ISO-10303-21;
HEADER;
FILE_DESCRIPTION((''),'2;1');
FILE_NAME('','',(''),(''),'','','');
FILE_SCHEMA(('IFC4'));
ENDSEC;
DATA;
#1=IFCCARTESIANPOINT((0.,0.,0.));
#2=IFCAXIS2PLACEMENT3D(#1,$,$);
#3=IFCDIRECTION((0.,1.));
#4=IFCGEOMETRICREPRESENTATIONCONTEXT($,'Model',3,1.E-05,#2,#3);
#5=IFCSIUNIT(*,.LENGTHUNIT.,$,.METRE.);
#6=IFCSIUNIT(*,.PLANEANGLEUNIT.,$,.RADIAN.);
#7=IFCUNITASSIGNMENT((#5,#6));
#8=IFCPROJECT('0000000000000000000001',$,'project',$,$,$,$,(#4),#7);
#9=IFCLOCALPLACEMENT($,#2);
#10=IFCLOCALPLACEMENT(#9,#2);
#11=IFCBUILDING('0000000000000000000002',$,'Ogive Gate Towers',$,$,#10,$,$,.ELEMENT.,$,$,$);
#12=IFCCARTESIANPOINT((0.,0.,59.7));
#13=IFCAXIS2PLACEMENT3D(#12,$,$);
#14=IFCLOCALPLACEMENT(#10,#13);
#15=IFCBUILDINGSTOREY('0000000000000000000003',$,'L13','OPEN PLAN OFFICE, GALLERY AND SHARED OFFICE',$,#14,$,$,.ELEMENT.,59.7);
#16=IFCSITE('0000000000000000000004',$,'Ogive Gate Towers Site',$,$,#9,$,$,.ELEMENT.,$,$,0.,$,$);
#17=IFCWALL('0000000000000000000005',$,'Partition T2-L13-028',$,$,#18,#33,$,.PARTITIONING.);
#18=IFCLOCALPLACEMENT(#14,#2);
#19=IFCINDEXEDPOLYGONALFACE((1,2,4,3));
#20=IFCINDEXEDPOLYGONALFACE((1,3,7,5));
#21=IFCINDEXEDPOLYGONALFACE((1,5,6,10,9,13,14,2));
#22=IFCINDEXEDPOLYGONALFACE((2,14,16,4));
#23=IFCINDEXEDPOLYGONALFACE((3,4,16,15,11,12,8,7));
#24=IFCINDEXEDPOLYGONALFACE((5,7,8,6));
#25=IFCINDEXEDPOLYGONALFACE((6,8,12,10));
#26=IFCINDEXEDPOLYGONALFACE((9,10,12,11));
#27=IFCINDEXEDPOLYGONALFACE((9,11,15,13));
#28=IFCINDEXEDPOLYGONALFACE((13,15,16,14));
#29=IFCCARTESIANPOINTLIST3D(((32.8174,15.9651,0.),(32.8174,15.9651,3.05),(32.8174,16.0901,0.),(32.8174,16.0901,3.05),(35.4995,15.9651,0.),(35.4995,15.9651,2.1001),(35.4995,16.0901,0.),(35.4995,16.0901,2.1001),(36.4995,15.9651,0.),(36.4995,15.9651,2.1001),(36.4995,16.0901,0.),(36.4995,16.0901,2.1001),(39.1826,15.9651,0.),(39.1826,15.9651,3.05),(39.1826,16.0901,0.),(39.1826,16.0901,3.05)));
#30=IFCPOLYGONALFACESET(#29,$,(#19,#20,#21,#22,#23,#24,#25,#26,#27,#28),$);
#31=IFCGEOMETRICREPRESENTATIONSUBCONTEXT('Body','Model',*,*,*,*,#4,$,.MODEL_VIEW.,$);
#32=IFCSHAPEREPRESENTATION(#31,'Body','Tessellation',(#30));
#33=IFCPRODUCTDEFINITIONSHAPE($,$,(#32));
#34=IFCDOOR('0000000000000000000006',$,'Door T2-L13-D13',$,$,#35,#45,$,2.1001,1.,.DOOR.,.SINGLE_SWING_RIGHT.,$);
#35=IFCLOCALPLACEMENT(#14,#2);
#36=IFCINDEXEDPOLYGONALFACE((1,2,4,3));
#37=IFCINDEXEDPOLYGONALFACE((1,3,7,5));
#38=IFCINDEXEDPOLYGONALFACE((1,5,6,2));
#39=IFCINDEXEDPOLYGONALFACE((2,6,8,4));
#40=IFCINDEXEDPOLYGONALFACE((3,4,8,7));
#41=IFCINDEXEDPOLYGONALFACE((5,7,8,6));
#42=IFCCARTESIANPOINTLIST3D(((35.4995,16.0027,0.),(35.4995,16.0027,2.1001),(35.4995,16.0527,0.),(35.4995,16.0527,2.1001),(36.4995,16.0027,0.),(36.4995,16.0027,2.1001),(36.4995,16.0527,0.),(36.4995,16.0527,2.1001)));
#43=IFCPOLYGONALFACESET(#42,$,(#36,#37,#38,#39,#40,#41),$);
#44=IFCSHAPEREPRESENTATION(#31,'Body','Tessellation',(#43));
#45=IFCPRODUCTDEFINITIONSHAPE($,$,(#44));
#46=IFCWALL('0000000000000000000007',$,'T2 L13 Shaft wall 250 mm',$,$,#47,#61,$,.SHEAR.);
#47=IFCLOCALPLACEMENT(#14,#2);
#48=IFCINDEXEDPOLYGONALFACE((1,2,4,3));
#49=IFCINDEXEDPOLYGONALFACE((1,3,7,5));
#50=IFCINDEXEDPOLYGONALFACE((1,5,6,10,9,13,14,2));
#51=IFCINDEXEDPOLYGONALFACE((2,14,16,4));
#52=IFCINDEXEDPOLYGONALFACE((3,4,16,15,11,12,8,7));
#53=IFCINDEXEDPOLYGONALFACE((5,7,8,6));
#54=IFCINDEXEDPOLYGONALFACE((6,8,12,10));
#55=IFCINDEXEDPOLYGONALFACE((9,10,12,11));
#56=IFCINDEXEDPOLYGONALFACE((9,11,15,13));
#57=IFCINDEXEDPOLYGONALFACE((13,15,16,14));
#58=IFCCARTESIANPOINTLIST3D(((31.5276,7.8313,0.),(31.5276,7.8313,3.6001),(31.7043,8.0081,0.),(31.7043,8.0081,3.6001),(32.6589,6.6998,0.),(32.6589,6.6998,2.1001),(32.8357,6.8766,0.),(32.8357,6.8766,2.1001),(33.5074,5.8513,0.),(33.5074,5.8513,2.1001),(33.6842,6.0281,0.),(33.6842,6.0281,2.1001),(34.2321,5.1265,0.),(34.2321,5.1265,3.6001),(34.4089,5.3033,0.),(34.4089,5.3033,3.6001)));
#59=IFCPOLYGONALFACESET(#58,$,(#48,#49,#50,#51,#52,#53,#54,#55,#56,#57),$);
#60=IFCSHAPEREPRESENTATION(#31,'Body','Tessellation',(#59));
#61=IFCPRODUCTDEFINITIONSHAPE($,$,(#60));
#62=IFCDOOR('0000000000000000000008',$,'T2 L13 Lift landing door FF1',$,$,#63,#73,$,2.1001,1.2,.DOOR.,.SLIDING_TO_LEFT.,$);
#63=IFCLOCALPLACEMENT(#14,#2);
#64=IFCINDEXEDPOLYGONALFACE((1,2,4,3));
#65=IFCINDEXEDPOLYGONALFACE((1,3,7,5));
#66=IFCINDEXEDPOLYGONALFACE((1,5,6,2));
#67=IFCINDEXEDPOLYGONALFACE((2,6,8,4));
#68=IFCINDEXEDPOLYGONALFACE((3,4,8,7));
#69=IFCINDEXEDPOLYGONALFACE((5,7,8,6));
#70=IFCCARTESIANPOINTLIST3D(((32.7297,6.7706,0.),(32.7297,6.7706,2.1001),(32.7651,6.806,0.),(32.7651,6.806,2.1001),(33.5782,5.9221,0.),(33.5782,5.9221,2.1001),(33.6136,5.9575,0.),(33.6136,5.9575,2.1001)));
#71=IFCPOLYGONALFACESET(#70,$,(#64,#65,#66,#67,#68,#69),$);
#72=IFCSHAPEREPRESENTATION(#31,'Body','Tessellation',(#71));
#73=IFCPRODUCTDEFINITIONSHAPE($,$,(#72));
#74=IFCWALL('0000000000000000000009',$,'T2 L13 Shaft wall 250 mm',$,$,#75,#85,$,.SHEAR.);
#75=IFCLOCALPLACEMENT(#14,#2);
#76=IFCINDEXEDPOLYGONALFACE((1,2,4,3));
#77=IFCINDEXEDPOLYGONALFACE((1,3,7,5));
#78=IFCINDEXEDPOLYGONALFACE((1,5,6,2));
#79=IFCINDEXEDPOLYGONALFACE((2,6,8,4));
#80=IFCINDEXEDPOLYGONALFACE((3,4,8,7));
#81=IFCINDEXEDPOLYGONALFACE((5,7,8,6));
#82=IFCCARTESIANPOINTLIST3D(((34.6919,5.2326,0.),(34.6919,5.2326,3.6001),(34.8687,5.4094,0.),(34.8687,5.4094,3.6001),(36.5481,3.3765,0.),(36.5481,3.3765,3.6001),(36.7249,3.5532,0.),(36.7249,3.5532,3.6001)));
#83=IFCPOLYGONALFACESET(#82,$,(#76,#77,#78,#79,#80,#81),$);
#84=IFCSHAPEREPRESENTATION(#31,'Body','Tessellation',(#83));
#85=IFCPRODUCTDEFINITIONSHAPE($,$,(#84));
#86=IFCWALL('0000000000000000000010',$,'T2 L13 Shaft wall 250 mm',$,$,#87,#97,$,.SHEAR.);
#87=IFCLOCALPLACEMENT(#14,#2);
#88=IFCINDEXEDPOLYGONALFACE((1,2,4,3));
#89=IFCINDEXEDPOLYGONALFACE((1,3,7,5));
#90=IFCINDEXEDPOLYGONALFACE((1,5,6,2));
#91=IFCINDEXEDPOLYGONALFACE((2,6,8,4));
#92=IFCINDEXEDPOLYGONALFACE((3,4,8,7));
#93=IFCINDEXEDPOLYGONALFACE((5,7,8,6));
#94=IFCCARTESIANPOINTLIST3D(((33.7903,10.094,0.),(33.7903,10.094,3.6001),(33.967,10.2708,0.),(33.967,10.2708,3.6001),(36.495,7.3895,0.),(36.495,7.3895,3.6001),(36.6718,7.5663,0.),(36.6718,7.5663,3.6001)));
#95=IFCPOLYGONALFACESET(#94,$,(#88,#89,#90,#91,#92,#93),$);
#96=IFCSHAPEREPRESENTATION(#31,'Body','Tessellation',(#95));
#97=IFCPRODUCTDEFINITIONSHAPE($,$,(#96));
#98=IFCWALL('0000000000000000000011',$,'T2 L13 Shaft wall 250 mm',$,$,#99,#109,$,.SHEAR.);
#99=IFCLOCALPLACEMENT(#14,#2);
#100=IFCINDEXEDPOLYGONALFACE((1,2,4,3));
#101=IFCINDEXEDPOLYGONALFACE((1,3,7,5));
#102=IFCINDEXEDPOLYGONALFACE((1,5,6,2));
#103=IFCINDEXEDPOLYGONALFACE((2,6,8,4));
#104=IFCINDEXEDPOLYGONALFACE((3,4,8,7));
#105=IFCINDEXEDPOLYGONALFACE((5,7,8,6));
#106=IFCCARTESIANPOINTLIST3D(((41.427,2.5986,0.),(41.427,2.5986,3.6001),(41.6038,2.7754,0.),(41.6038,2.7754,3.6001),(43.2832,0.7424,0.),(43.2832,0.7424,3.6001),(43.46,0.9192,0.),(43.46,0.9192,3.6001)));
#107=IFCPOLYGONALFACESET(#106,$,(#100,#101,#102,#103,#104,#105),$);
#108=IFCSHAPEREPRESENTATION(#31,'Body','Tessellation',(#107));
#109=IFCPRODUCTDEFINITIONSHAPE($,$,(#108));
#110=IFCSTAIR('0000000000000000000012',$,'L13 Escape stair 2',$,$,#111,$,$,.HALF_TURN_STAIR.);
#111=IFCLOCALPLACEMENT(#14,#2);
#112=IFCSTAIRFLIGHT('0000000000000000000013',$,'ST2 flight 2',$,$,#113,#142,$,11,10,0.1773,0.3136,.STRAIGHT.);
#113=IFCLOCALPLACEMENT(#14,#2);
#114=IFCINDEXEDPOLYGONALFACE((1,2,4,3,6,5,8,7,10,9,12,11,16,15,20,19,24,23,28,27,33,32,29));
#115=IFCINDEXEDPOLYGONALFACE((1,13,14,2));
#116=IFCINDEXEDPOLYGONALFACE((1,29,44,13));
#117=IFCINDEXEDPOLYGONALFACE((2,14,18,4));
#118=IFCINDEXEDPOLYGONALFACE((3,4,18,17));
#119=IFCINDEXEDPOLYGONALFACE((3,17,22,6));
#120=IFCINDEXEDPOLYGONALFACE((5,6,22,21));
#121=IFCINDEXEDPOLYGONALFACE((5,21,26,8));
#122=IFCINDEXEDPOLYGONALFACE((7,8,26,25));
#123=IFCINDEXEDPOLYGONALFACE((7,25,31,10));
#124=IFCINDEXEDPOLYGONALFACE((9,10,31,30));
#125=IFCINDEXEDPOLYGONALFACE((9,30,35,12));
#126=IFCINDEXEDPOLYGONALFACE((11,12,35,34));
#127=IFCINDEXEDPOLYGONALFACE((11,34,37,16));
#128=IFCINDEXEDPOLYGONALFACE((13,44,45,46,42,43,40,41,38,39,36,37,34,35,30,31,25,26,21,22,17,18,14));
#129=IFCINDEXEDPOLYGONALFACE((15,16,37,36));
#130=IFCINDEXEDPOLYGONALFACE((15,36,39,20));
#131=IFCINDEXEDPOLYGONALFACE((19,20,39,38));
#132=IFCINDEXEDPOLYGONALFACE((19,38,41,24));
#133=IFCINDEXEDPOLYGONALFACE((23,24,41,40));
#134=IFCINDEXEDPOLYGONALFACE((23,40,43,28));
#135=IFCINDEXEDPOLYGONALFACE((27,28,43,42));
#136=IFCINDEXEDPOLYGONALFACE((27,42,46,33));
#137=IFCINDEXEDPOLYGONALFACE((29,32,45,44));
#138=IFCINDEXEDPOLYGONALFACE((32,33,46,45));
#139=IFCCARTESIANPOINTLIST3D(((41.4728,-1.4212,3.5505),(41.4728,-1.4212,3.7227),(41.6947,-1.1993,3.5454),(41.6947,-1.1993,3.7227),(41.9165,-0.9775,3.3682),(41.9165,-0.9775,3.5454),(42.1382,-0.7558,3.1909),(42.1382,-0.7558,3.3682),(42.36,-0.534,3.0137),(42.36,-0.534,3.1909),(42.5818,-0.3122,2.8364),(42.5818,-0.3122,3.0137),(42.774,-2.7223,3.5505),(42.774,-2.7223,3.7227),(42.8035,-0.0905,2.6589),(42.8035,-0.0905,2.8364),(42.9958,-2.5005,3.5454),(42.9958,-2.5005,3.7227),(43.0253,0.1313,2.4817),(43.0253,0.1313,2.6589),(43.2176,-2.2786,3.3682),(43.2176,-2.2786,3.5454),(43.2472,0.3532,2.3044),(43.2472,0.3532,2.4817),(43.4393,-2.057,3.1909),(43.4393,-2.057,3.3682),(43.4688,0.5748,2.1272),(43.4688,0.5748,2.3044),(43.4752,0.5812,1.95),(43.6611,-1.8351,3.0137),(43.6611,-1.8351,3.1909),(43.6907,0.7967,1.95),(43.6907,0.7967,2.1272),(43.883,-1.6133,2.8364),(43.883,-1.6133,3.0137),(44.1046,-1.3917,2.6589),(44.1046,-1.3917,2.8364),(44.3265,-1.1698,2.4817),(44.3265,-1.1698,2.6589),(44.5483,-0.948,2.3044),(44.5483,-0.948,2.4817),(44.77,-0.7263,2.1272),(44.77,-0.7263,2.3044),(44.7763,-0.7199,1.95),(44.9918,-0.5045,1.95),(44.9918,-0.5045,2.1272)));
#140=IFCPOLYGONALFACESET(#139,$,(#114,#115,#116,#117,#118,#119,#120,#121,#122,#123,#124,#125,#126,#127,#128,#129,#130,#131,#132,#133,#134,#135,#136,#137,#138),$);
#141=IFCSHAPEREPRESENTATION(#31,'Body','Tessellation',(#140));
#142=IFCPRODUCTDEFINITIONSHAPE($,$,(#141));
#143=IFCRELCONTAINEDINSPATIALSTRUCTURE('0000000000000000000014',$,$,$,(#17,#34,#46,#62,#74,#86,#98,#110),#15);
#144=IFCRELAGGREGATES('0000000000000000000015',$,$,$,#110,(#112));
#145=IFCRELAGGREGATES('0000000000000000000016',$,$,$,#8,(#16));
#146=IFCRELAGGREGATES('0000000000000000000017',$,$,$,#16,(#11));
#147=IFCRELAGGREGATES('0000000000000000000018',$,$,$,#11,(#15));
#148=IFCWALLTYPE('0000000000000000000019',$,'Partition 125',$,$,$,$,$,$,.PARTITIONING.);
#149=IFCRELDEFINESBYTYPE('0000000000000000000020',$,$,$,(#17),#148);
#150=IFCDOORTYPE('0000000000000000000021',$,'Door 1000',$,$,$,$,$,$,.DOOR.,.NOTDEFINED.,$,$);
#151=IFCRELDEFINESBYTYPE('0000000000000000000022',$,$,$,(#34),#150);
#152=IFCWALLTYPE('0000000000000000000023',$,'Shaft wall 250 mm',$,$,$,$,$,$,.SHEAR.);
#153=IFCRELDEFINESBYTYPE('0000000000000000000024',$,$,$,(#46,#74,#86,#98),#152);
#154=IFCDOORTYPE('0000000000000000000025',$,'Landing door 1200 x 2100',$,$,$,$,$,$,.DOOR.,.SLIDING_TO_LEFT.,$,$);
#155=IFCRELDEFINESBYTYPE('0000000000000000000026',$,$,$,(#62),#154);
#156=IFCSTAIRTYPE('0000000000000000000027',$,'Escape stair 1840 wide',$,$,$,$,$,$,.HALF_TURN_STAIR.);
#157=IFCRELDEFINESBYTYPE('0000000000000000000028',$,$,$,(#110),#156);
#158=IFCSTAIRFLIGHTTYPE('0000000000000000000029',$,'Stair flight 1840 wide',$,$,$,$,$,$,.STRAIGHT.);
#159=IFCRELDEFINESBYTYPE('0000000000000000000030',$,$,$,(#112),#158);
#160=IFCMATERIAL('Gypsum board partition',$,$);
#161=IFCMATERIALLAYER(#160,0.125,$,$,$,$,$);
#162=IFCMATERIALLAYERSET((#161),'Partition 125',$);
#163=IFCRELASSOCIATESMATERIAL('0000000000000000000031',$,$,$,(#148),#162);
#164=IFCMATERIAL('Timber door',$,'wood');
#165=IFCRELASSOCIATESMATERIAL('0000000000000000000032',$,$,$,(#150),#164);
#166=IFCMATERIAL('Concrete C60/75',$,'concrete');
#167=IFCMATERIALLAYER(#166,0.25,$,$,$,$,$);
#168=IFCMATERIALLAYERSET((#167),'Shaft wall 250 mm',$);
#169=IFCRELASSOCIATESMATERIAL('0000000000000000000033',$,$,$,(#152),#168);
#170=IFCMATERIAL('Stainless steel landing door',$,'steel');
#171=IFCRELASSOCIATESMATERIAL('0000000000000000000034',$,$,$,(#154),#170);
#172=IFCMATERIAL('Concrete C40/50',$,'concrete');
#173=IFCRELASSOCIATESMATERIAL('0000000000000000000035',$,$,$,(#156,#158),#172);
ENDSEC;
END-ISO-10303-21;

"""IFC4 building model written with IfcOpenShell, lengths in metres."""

from ifc_helpers import new_model, si_unit, direction, frame, frame_2d, origin, place, context, subcontext, project, spatial, polyline, rectangle, outline, extrude, material, layer, layer_set, type_object, element, fill, aggregate, save


model = new_model("IFC4")

# Units and contexts
model_context = context("Model", 3, precision=1e-05, world=origin(), true_north=direction((0.0, 1.0)))
body_context = subcontext(model_context, "Body", "Model", "MODEL_VIEW")
ifc_project = project(units=[si_unit("LENGTHUNIT", "METRE"), si_unit("PLANEANGLEUNIT", "RADIAN")], contexts=[model_context])

# Site, building, storey
site_placement = place(None, origin())
site = spatial("IfcSite", under=ifc_project, at=site_placement, Name="Ogive Gate Towers Site", CompositionType="ELEMENT", RefElevation=0.0)
building_placement = place(site_placement, origin())
building = spatial("IfcBuilding", under=site, at=building_placement, Name="Ogive Gate Towers", CompositionType="ELEMENT")
storey_placement = place(building_placement, frame((0.0, 0.0, 59.7)))
storey = spatial("IfcBuildingStorey", under=building, at=storey_placement, Name="L13", Description="OPEN PLAN OFFICE, GALLERY AND SHARED OFFICE", CompositionType="ELEMENT", Elevation=59.7)

# Shared definitions
ifc_material_1 = material(Name="Concrete C40/50", Category="concrete")

# Shared definitions
ifc_material_2 = material(Name="Concrete C60/75", Category="concrete")

# Shared definitions
ifc_material_3 = material(Name="Gypsum board partition")
ifc_layer_1 = layer(ifc_material_3, 0.125)
ifc_layer_set_1 = layer_set([ifc_layer_1], Name="Partition 125")
wall_type_1 = type_object("IfcWallType", Name="Partition 125", PredefinedType="PARTITIONING", material=ifc_layer_set_1)

# Walls, openings, doors
ifc_material_4 = material(Name="Timber door", Category="wood")
door_type_1 = type_object("IfcDoorType", Name="Door 1000", OperationType="NOTDEFINED", PredefinedType="DOOR", material=ifc_material_4)
wall_1_placement = place(storey_placement, frame((39.1826, 16.0276, 0.0), z_axis=(0.0, 0.0, 1.0), x_axis=(-1.0, 0.0, 0.0)))
wall_1 = element("IfcWall", 1, at=wall_1_placement, inside=storey, type_object=wall_type_1, Name="Partition T2-L13-028", PredefinedType="PARTITIONING", context=body_context, shape_type="SweptSolid", body=[
    extrude(rectangle(XDim=6.3652, YDim=0.125, at=frame_2d((3.1826, 0.0))), origin(), (0.0, 0.0, 1.0), 3.05),
])
opening_1_placement = place(wall_1_placement, frame((2.6831, 0.0, 0.0)))
opening_1 = element("IfcOpeningElement", 2, at=opening_1_placement, cuts=wall_1, PredefinedType="OPENING", context=body_context, shape_type="SweptSolid", body=[
    extrude(rectangle(XDim=1.0, YDim=2.1001, at=frame_2d((0.5, 1.05))), frame((0.0, 0.0725, 0.0), z_axis=(0.0, -1.0, 0.0), x_axis=(1.0, 0.0, 0.0)), (0.0, 0.0, 1.0), 0.145),
])
door_1_placement = place(opening_1_placement, origin())
door_1 = element("IfcDoor", 3, at=door_1_placement, inside=storey, type_object=door_type_1, Name="Door T2-L13-D13", OperationType="SINGLE_SWING_RIGHT", OverallHeight=2.1001, OverallWidth=1.0, PredefinedType="DOOR", context=body_context, shape_type="SweptSolid", body=[
    extrude(rectangle(XDim=1.0, YDim=2.1001, at=frame_2d((0.5, 1.05))), frame((0.0, 0.0249, 0.0), z_axis=(0.0, -1.0, 0.0), x_axis=(1.0, 0.0, 0.0)), (0.0, 0.0, 1.0), 0.05),
])
fill(opening_1, door_1)
ifc_layer_2 = layer(ifc_material_2, 0.25)
ifc_layer_set_2 = layer_set([ifc_layer_2], Name="Shaft wall 250 mm")
wall_type_2 = type_object("IfcWallType", Name="Shaft wall 250 mm", PredefinedType="SHEAR", material=ifc_layer_set_2)
wall_2_placement = place(storey_placement, frame((34.3206, 5.2148, 0.0), z_axis=(0.0, 0.0, 1.0), x_axis=(-0.707075, 0.707139, 0.0)))
wall_2 = element("IfcWall", 4, at=wall_2_placement, inside=storey, type_object=wall_type_2, Name="T2 L13 Shaft wall 250 mm", PredefinedType="SHEAR", context=body_context, shape_type="SweptSolid", body=[
    extrude(rectangle(XDim=3.825, YDim=0.25, at=frame_2d((1.9126, 0.0))), origin(), (0.0, 0.0, 1.0), 3.6001),
])
opening_2_placement = place(wall_2_placement, frame((1.0249, 0.0, 0.0)))
opening_2 = element("IfcOpeningElement", 5, at=opening_2_placement, cuts=wall_2, PredefinedType="OPENING", context=body_context, shape_type="SweptSolid", body=[
    extrude(rectangle(XDim=1.2, YDim=2.1001, at=frame_2d((0.6001, 1.05))), frame((0.0, 0.135, 0.0), z_axis=(0.0, -1.0, 0.0), x_axis=(1.0, 0.0, 0.0)), (0.0, 0.0, 1.0), 0.27),
])
ifc_material_5 = material(Name="Stainless steel landing door", Category="steel")
door_type_2 = type_object("IfcDoorType", Name="Landing door 1200 x 2100", OperationType="SLIDING_TO_LEFT", PredefinedType="DOOR", material=ifc_material_5)
door_2_placement = place(opening_2_placement, origin())
door_2 = element("IfcDoor", 6, at=door_2_placement, inside=storey, type_object=door_type_2, Name="T2 L13 Lift landing door FF1", OperationType="SLIDING_TO_LEFT", OverallHeight=2.1001, OverallWidth=1.2, PredefinedType="DOOR", context=body_context, shape_type="SweptSolid", body=[
    extrude(rectangle(XDim=1.2, YDim=2.1001, at=frame_2d((0.6001, 1.05))), frame((0.0, 0.0249, 0.0), z_axis=(0.0, -1.0, 0.0), x_axis=(1.0, 0.0, 0.0)), (0.0, 0.0, 1.0), 0.05),
])
fill(opening_2, door_2)

# Walls
wall_3_placement = place(storey_placement, frame((36.6365, 3.4648, 0.0), z_axis=(0.0, 0.0, 1.0), x_axis=(-0.707107, 0.707107, 0.0)))
element("IfcWall", 7, at=wall_3_placement, inside=storey, type_object=wall_type_2, Name="T2 L13 Shaft wall 250 mm", PredefinedType="SHEAR", context=body_context, shape_type="SweptSolid", body=[
    extrude(rectangle(XDim=2.625, YDim=0.25, at=frame_2d((1.3125, 0.0))), origin(), (0.0, 0.0, 1.0), 3.6001),
])
wall_4_placement = place(storey_placement, frame((36.5835, 7.4778, 0.0), z_axis=(0.0, 0.0, 1.0), x_axis=(-0.707139, 0.707075, 0.0)))
element("IfcWall", 8, at=wall_4_placement, inside=storey, type_object=wall_type_2, Name="T2 L13 Shaft wall 250 mm", PredefinedType="SHEAR", context=body_context, shape_type="SweptSolid", body=[
    extrude(rectangle(XDim=3.825, YDim=0.25, at=frame_2d((1.9126, 0.0))), origin(), (0.0, 0.0, 1.0), 3.6001),
])
wall_5_placement = place(storey_placement, frame((43.3716, 0.8308, 0.0), z_axis=(0.0, 0.0, 1.0), x_axis=(-0.707107, 0.707107, 0.0)))
element("IfcWall", 9, at=wall_5_placement, inside=storey, type_object=wall_type_2, Name="T2 L13 Shaft wall 250 mm", PredefinedType="SHEAR", context=body_context, shape_type="SweptSolid", body=[
    extrude(rectangle(XDim=2.625, YDim=0.25, at=frame_2d((1.3125, 0.0))), origin(), (0.0, 0.0, 1.0), 3.6001),
])

# Stair, stair flight
stair_type = type_object("IfcStairType", Name="Escape stair 1840 wide", PredefinedType="HALF_TURN_STAIR", material=ifc_material_1)
stair_placement = place(storey_placement, origin())
stair = element("IfcStair", 10, at=stair_placement, inside=storey, type_object=stair_type, Name="L13 Escape stair 2", PredefinedType="HALF_TURN_STAIR")
stair_flight_type = type_object("IfcStairFlightType", Name="Stair flight 1840 wide", PredefinedType="STRAIGHT", material=ifc_material_1)
stair_flight_placement = place(storey_placement, frame((44.3413, 0.146, 1.95), z_axis=(0.0, 0.0, 1.0), x_axis=(-0.707107, -0.707107, 0.0)))
stair_flight = element("IfcStairFlight", 11, at=stair_flight_placement, type_object=stair_flight_type, Name="ST2 flight 2", NumberOfRisers=11, NumberOfTreads=10, PredefinedType="STRAIGHT", RiserHeight=0.1773, TreadLength=0.3136, context=body_context, shape_type="SweptSolid", body=[
    extrude(outline(polyline([(0.0, 0.0), (0.0, 0.1772), (0.3137, 0.1772), (0.3137, 0.3545), (0.6272, 0.3545), (0.6272, 0.5317), (0.9409, 0.5317), (0.9409, 0.709), (1.2546, 0.709), (1.2546, 0.8865), (1.5681, 0.8865), (1.5681, 1.0637), (1.8818, 1.0637), (1.8818, 1.241), (2.1956, 1.241), (2.1956, 1.4182), (2.509, 1.4182), (2.509, 1.5955), (2.8228, 1.5955), (2.8228, 1.7727), (3.1365, 1.7727), (3.1365, 1.95), (3.1365, 1.6006), (0.3047, 0.0), (0.0, 0.0)])), frame((0.0, 0.9199, 0.0), z_axis=(0.0, -1.0, 0.0), x_axis=(1.0, 0.0, 0.0)), (0.0, 0.0, 1.0), 1.8401),
])
aggregate(stair, [stair_flight])

save(model, "model.ifc")
